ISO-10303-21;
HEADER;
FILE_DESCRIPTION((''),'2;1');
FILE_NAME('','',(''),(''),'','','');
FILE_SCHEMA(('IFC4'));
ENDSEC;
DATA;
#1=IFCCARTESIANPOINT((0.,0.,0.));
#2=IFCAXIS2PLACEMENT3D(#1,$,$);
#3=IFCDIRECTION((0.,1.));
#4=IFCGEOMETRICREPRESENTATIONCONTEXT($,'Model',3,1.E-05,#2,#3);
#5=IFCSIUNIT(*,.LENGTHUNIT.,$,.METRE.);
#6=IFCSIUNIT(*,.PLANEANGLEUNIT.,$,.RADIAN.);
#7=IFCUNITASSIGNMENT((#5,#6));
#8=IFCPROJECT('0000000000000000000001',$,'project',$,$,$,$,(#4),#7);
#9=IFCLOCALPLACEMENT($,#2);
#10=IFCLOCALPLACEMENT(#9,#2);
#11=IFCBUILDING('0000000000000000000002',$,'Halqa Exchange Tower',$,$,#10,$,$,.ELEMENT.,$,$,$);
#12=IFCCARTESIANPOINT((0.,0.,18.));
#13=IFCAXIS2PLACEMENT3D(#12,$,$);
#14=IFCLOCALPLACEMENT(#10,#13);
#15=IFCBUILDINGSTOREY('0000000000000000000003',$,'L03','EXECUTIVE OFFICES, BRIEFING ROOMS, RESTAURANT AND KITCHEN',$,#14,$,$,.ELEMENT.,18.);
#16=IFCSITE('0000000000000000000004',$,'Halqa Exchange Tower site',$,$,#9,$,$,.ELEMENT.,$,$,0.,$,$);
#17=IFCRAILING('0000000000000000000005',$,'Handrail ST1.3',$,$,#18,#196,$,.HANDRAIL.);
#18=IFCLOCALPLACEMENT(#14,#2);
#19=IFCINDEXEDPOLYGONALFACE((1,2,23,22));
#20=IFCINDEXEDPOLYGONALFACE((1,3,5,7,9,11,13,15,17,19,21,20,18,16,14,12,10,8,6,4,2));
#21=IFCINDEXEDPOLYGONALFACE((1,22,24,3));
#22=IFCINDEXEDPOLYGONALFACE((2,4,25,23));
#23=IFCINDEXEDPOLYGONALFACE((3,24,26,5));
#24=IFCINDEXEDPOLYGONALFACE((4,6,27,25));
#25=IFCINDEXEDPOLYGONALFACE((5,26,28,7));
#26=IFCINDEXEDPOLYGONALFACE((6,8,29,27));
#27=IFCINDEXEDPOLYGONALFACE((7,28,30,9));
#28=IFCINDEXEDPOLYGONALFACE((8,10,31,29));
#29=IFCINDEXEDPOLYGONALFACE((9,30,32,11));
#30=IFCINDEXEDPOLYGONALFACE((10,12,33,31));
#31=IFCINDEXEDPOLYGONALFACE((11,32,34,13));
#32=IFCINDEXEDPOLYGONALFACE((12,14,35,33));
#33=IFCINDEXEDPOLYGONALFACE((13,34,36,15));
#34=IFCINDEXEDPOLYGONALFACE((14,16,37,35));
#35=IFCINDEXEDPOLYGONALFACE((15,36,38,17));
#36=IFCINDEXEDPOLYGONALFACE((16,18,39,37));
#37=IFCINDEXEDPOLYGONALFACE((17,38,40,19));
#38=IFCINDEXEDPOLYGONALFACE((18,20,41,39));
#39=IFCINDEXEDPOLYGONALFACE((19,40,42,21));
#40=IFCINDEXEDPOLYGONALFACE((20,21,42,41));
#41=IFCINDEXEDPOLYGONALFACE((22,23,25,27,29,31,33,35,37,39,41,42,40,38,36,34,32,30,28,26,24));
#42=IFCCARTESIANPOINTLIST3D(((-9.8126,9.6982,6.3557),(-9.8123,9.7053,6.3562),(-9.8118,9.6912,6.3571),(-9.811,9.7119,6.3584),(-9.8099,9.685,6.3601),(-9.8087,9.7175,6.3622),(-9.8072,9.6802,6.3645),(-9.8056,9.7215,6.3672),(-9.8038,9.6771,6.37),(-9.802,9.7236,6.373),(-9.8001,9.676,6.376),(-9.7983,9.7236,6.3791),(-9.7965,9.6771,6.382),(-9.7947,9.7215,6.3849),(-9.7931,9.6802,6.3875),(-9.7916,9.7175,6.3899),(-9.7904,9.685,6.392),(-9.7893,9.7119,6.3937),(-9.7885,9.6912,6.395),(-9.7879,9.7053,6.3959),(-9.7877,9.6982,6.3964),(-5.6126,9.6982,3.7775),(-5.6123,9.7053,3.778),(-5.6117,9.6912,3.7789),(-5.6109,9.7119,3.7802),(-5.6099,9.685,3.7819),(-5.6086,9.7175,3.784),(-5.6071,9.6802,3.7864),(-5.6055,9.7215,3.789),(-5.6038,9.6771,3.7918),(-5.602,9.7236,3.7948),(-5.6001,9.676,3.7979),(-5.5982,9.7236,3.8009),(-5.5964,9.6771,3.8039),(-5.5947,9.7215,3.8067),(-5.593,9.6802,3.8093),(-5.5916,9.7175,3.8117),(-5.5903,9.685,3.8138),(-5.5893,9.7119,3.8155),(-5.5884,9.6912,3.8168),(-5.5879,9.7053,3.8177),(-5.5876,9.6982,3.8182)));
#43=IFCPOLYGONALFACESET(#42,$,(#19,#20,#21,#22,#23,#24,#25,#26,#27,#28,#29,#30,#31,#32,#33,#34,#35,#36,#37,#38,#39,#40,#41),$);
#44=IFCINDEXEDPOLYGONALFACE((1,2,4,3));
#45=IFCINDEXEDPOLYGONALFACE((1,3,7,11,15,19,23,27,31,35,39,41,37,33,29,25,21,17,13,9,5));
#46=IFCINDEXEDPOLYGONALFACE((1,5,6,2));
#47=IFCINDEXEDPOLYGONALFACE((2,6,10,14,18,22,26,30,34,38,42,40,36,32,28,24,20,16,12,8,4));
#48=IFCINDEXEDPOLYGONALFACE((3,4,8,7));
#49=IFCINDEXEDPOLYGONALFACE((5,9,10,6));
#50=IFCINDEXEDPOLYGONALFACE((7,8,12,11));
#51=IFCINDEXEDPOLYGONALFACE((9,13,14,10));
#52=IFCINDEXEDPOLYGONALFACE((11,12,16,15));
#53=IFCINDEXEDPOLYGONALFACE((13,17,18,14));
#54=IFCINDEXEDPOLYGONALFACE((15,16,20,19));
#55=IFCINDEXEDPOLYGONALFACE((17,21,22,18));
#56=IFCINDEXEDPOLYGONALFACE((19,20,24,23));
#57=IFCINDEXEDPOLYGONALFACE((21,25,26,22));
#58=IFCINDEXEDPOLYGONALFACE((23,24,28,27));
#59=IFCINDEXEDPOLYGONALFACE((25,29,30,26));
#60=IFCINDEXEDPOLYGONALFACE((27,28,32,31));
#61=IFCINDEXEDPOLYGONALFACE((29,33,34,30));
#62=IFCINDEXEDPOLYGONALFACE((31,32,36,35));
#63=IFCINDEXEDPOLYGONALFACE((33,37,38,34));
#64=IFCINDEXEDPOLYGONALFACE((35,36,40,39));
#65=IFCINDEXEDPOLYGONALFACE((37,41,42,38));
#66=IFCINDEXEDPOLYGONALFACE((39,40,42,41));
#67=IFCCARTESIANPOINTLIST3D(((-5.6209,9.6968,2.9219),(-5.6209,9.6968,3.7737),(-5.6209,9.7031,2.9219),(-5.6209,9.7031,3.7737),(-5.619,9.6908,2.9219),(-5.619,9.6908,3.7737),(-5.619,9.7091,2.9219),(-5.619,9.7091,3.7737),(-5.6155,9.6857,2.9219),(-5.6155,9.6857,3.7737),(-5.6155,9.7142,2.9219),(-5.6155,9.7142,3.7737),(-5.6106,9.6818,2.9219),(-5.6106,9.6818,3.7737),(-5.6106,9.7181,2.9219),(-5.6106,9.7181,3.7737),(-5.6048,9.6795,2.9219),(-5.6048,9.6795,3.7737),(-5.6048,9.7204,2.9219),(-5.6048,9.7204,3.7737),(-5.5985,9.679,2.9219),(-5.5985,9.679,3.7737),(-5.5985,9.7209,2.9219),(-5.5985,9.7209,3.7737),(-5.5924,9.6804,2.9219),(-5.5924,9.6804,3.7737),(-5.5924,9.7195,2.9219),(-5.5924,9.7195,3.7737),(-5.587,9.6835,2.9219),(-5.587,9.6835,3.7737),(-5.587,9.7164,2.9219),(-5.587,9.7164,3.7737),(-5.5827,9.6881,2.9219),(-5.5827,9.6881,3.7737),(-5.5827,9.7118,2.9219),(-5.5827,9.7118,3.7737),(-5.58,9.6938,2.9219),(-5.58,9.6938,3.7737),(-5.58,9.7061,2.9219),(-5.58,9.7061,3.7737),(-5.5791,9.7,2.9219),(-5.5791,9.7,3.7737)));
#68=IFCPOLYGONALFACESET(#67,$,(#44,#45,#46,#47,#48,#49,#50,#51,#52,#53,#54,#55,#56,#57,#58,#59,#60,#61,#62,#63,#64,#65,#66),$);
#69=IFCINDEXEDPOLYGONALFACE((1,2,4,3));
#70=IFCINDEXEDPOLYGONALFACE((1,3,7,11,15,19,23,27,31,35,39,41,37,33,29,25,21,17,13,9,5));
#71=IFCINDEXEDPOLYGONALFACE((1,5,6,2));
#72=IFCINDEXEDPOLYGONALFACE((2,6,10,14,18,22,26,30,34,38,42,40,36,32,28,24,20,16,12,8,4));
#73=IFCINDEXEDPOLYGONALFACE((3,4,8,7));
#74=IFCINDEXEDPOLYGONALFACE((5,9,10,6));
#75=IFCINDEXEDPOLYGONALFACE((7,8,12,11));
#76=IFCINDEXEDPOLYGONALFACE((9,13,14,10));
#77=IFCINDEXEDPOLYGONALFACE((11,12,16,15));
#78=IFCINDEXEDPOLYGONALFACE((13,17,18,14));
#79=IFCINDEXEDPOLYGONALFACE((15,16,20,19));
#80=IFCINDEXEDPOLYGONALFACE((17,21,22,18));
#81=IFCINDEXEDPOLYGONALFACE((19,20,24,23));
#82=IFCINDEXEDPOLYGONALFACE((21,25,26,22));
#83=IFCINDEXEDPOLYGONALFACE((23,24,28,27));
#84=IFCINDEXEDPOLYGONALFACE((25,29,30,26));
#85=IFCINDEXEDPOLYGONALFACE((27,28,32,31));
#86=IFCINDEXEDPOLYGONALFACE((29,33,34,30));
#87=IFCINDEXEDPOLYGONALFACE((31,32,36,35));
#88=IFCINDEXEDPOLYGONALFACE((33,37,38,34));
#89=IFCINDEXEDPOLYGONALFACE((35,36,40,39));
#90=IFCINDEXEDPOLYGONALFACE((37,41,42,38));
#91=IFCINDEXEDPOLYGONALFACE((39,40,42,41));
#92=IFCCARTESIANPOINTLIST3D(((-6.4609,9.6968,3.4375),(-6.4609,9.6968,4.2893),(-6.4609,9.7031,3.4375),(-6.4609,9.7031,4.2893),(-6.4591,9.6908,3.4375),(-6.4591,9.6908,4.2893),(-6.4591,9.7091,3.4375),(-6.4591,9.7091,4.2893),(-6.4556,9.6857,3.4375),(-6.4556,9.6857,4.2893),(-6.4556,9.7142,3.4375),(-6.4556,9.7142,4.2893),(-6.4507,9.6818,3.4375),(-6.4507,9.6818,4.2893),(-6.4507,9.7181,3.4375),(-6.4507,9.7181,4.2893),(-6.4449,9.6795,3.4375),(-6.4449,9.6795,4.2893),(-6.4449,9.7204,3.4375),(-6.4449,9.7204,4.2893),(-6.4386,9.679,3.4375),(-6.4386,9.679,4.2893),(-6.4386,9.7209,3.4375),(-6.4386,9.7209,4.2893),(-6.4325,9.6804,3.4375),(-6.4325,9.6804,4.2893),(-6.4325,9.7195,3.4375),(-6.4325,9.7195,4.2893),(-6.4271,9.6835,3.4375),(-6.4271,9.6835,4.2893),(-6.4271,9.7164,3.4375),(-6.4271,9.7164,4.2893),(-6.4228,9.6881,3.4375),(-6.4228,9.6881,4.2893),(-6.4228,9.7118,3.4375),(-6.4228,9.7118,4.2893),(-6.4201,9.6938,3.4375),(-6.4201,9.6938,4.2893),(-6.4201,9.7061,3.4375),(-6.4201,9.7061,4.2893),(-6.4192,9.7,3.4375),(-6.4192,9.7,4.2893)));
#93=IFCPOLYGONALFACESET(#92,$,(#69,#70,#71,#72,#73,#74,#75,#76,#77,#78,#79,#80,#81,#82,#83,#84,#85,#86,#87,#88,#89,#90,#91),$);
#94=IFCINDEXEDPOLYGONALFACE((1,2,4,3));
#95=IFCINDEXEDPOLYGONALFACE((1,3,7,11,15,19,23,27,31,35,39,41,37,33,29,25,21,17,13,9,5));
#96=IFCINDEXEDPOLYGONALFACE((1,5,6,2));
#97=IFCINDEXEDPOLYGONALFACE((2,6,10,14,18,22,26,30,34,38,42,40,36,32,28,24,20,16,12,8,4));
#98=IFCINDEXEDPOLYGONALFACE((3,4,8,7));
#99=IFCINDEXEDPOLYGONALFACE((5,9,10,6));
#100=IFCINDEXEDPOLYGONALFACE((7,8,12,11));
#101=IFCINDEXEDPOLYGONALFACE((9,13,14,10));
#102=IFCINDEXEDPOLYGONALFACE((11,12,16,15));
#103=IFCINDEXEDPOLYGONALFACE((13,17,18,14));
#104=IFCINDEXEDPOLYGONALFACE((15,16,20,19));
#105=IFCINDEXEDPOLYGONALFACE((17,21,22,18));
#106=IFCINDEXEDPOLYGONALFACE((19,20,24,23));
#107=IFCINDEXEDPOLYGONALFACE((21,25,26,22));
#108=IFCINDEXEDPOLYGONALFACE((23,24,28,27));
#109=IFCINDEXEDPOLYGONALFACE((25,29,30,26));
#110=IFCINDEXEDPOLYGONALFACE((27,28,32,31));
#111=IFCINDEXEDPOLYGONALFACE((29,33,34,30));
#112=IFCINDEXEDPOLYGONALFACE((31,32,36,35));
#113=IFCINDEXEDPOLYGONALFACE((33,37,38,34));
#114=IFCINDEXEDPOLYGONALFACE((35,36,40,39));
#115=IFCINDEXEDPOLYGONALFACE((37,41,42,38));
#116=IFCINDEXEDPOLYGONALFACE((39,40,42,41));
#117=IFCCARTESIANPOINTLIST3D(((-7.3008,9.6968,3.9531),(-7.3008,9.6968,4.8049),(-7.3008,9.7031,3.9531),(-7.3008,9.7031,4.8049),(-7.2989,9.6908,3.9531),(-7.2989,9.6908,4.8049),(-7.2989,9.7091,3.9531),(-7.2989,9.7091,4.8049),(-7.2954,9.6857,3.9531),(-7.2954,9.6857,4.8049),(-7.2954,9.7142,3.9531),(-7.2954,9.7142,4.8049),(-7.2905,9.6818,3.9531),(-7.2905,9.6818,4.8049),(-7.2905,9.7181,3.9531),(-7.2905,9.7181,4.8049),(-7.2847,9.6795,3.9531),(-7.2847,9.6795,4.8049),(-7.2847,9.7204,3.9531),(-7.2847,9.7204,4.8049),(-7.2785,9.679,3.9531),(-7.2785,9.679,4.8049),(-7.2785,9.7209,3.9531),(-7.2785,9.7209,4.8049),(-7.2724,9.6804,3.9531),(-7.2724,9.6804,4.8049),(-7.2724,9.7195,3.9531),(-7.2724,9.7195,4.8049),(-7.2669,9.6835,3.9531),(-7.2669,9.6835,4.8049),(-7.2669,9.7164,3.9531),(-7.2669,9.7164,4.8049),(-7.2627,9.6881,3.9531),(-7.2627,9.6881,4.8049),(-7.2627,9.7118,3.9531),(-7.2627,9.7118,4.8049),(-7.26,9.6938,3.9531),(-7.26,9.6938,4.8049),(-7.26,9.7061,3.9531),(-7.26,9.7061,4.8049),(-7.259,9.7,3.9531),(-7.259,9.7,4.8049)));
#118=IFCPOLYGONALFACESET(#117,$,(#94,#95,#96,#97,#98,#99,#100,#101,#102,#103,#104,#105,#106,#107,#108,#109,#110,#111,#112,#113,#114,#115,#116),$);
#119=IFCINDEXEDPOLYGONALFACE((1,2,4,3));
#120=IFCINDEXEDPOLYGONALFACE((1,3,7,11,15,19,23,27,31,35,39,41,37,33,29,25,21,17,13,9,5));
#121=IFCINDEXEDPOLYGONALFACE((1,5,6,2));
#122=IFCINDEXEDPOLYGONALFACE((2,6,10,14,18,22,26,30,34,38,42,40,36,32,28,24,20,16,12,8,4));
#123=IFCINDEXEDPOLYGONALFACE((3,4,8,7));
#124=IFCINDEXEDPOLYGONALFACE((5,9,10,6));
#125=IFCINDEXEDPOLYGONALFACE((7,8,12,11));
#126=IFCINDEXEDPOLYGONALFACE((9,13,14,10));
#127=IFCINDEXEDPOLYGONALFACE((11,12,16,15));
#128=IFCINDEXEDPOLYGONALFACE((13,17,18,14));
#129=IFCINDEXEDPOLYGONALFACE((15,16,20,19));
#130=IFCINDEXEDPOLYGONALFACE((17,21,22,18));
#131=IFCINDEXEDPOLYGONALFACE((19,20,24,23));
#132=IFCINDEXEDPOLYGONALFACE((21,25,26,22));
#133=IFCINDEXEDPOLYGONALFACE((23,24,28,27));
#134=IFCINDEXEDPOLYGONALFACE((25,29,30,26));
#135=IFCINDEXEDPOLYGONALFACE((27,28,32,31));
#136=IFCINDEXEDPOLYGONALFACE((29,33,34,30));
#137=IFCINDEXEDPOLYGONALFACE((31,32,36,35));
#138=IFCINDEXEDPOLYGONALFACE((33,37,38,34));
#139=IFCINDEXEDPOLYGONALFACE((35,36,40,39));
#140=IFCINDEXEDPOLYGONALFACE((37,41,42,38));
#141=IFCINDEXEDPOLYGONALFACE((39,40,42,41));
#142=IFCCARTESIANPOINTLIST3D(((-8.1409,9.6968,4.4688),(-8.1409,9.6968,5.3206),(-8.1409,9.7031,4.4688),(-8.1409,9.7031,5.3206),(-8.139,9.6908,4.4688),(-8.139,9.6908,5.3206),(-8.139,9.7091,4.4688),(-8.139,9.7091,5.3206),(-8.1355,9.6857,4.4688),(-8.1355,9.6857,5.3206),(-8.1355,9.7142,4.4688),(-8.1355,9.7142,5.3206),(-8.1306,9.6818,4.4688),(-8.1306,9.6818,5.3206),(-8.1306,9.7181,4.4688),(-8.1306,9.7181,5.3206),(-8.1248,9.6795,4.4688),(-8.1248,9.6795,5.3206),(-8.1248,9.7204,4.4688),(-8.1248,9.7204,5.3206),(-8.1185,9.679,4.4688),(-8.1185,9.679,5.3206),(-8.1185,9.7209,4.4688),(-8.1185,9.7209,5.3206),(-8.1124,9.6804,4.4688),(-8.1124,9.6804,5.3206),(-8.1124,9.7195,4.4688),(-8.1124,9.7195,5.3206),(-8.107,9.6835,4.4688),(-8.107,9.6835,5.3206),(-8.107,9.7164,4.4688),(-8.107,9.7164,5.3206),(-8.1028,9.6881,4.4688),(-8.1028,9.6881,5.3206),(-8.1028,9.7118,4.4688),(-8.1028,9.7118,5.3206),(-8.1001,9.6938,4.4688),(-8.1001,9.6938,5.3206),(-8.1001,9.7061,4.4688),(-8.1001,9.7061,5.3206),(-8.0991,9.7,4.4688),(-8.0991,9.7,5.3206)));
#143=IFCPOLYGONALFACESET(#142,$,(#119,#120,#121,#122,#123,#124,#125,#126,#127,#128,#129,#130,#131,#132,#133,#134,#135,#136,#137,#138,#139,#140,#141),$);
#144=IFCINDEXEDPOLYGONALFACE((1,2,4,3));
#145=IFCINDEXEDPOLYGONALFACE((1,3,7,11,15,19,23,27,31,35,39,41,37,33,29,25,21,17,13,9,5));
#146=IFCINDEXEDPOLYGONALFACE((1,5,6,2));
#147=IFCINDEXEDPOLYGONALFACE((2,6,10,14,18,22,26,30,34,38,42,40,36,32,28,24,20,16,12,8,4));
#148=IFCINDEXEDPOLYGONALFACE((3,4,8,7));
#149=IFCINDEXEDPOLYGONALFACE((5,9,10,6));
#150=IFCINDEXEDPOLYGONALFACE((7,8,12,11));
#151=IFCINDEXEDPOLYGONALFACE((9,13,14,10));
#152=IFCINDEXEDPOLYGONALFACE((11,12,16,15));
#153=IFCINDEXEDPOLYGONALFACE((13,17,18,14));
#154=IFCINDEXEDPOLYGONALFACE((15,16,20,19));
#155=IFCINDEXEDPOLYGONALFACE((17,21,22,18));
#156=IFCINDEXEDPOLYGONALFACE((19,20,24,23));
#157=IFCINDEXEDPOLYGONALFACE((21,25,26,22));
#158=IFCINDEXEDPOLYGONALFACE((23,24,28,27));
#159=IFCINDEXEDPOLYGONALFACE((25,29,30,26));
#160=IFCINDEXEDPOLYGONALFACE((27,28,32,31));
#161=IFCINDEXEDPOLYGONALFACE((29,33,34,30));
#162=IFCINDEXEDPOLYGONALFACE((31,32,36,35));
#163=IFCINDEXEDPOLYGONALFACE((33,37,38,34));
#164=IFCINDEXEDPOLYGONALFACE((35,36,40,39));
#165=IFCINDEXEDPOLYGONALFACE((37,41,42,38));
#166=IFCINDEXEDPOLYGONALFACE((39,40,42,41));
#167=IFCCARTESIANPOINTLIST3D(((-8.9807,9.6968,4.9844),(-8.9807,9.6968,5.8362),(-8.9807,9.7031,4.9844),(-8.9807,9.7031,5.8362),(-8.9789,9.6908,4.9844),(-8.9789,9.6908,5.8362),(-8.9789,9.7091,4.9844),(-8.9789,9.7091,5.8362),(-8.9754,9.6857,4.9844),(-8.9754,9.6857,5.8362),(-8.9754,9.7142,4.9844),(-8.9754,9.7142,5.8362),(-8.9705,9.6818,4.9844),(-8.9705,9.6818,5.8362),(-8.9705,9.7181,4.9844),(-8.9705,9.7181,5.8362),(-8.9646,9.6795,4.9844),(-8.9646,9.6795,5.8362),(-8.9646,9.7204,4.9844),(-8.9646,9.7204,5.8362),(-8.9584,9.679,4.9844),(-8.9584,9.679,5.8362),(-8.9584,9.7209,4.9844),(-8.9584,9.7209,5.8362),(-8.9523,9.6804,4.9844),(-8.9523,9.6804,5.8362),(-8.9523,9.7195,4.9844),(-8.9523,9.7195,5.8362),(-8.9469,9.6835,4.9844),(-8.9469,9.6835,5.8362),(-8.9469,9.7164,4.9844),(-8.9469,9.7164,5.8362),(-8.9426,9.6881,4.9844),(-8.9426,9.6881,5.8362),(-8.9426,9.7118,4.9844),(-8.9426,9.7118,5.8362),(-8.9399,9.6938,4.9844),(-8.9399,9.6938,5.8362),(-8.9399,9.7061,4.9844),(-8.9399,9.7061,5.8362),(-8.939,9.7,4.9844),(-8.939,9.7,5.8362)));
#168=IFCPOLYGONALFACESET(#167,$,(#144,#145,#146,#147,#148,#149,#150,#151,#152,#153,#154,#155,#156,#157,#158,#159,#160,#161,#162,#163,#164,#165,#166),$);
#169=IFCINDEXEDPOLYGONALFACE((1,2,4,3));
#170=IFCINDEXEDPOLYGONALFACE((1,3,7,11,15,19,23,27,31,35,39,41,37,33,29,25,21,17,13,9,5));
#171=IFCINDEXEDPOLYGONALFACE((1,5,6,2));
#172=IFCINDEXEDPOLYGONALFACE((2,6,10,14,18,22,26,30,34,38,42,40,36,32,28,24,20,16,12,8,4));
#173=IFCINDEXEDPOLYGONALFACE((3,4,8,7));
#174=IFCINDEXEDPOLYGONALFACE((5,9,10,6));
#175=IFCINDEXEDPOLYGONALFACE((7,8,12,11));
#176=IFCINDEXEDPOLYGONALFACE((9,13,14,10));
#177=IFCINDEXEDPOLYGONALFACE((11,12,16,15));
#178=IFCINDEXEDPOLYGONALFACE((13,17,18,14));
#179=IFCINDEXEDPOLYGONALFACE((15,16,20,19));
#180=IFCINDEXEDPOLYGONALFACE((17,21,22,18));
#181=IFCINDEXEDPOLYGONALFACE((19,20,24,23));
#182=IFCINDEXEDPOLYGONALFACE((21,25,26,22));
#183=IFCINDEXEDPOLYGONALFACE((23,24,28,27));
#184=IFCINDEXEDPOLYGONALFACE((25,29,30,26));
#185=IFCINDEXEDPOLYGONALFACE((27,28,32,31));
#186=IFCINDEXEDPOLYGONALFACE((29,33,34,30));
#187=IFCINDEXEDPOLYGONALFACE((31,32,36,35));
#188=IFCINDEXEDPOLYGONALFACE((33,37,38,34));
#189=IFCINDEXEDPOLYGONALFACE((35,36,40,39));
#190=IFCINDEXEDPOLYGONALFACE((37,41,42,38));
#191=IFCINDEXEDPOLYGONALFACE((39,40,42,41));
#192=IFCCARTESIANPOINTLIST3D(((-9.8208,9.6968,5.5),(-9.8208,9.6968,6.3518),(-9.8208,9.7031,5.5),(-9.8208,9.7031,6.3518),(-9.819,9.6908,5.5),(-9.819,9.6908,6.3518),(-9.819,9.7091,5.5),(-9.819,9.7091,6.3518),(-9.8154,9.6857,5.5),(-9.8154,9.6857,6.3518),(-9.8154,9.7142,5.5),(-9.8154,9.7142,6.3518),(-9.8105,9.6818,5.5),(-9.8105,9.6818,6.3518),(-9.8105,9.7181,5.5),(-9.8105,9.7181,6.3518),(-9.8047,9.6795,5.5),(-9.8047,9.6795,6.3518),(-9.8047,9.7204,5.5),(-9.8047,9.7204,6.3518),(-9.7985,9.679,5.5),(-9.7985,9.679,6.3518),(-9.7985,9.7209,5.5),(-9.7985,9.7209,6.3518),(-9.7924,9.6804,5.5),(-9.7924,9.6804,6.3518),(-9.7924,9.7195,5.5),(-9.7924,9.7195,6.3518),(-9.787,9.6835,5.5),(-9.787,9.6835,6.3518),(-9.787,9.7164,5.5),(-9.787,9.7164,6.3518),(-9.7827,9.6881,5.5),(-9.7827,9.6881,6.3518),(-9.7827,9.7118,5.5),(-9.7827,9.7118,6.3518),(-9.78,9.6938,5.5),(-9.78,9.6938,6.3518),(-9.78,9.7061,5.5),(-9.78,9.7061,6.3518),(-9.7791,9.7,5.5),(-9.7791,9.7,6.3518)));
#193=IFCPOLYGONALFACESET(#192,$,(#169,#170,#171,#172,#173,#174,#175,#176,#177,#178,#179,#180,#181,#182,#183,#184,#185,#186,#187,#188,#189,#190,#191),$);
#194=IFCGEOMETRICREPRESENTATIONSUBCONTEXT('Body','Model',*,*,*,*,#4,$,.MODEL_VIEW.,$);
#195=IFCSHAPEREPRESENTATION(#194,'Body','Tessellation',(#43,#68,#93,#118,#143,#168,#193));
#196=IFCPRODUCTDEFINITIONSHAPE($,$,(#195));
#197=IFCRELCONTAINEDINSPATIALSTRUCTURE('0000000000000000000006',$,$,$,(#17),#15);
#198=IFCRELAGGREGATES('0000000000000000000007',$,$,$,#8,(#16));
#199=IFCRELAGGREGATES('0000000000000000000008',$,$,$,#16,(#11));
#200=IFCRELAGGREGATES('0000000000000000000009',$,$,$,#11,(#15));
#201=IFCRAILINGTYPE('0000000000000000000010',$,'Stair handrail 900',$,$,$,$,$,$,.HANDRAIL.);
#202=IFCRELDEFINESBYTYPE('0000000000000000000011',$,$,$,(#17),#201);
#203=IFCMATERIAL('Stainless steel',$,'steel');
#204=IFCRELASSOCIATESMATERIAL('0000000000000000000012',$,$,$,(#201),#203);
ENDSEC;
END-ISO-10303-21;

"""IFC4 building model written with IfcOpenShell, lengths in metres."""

from ifc_helpers import new_model, si_unit, direction, frame, origin, origin_2d, place, context, subcontext, project, spatial, circle, extrude, material, type_object, element, save


model = new_model("IFC4")

# Units and contexts
model_context = context("Model", 3, precision=1e-05, world=origin(), true_north=direction((0.0, 1.0)))
body_context = subcontext(model_context, "Body", "Model", "MODEL_VIEW")
ifc_project = project(units=[si_unit("LENGTHUNIT", "METRE"), si_unit("PLANEANGLEUNIT", "RADIAN")], contexts=[model_context])

# Site, building, storey
site_placement = place(None, origin())
site = spatial("IfcSite", under=ifc_project, at=site_placement, Name="Halqa Exchange Tower site", CompositionType="ELEMENT", RefElevation=0.0)
building_placement = place(site_placement, origin())
building = spatial("IfcBuilding", under=site, at=building_placement, Name="Halqa Exchange Tower", CompositionType="ELEMENT")
storey_placement = place(building_placement, frame((0.0, 0.0, 18.0)))
storey = spatial("IfcBuildingStorey", under=building, at=storey_placement, Name="L03", Description="EXECUTIVE OFFICES, BRIEFING ROOMS, RESTAURANT AND KITCHEN", CompositionType="ELEMENT", Elevation=18.0)

# Railing
ifc_material_1 = material(Name="Stainless steel", Category="steel")
railing_type = type_object("IfcRailingType", Name="Stair handrail 900", PredefinedType="HANDRAIL", material=ifc_material_1)
railing_1_placement = place(storey_placement, frame((-5.6001, 9.7, 2.9219)))
element("IfcRailing", 1, at=railing_1_placement, inside=storey, type_object=railing_type, Name="Handrail ST1.3", PredefinedType="HANDRAIL", context=body_context, shape_type="SweptSolid", body=[
    extrude(circle(Radius=0.0239, at=origin_2d()), frame((0.0, 0.0, 0.876), z_axis=(-0.852243, 0.0, 0.523146), x_axis=(0.0, -1.0, 0.0)), (0.0, 0.0, 1.0), 4.9282),
    extrude(circle(Radius=0.021, at=origin_2d()), origin(), (0.0, 0.0, 1.0), 0.8518),
    extrude(circle(Radius=0.021, at=origin_2d()), frame((-0.8401, 0.0, 0.5156)), (0.0, 0.0, 1.0), 0.8518),
    extrude(circle(Radius=0.021, at=origin_2d()), frame((-1.6799, 0.0, 1.0312)), (0.0, 0.0, 1.0), 0.8518),
    extrude(circle(Radius=0.021, at=origin_2d()), frame((-2.52, 0.0, 1.5469)), (0.0, 0.0, 1.0), 0.8518),
    extrude(circle(Radius=0.021, at=origin_2d()), frame((-3.3599, 0.0, 2.0625)), (0.0, 0.0, 1.0), 0.8518),
    extrude(circle(Radius=0.021, at=origin_2d()), frame((-4.2, 0.0, 2.5781)), (0.0, 0.0, 1.0), 0.8518),
])

save(model, "model.ifc")
